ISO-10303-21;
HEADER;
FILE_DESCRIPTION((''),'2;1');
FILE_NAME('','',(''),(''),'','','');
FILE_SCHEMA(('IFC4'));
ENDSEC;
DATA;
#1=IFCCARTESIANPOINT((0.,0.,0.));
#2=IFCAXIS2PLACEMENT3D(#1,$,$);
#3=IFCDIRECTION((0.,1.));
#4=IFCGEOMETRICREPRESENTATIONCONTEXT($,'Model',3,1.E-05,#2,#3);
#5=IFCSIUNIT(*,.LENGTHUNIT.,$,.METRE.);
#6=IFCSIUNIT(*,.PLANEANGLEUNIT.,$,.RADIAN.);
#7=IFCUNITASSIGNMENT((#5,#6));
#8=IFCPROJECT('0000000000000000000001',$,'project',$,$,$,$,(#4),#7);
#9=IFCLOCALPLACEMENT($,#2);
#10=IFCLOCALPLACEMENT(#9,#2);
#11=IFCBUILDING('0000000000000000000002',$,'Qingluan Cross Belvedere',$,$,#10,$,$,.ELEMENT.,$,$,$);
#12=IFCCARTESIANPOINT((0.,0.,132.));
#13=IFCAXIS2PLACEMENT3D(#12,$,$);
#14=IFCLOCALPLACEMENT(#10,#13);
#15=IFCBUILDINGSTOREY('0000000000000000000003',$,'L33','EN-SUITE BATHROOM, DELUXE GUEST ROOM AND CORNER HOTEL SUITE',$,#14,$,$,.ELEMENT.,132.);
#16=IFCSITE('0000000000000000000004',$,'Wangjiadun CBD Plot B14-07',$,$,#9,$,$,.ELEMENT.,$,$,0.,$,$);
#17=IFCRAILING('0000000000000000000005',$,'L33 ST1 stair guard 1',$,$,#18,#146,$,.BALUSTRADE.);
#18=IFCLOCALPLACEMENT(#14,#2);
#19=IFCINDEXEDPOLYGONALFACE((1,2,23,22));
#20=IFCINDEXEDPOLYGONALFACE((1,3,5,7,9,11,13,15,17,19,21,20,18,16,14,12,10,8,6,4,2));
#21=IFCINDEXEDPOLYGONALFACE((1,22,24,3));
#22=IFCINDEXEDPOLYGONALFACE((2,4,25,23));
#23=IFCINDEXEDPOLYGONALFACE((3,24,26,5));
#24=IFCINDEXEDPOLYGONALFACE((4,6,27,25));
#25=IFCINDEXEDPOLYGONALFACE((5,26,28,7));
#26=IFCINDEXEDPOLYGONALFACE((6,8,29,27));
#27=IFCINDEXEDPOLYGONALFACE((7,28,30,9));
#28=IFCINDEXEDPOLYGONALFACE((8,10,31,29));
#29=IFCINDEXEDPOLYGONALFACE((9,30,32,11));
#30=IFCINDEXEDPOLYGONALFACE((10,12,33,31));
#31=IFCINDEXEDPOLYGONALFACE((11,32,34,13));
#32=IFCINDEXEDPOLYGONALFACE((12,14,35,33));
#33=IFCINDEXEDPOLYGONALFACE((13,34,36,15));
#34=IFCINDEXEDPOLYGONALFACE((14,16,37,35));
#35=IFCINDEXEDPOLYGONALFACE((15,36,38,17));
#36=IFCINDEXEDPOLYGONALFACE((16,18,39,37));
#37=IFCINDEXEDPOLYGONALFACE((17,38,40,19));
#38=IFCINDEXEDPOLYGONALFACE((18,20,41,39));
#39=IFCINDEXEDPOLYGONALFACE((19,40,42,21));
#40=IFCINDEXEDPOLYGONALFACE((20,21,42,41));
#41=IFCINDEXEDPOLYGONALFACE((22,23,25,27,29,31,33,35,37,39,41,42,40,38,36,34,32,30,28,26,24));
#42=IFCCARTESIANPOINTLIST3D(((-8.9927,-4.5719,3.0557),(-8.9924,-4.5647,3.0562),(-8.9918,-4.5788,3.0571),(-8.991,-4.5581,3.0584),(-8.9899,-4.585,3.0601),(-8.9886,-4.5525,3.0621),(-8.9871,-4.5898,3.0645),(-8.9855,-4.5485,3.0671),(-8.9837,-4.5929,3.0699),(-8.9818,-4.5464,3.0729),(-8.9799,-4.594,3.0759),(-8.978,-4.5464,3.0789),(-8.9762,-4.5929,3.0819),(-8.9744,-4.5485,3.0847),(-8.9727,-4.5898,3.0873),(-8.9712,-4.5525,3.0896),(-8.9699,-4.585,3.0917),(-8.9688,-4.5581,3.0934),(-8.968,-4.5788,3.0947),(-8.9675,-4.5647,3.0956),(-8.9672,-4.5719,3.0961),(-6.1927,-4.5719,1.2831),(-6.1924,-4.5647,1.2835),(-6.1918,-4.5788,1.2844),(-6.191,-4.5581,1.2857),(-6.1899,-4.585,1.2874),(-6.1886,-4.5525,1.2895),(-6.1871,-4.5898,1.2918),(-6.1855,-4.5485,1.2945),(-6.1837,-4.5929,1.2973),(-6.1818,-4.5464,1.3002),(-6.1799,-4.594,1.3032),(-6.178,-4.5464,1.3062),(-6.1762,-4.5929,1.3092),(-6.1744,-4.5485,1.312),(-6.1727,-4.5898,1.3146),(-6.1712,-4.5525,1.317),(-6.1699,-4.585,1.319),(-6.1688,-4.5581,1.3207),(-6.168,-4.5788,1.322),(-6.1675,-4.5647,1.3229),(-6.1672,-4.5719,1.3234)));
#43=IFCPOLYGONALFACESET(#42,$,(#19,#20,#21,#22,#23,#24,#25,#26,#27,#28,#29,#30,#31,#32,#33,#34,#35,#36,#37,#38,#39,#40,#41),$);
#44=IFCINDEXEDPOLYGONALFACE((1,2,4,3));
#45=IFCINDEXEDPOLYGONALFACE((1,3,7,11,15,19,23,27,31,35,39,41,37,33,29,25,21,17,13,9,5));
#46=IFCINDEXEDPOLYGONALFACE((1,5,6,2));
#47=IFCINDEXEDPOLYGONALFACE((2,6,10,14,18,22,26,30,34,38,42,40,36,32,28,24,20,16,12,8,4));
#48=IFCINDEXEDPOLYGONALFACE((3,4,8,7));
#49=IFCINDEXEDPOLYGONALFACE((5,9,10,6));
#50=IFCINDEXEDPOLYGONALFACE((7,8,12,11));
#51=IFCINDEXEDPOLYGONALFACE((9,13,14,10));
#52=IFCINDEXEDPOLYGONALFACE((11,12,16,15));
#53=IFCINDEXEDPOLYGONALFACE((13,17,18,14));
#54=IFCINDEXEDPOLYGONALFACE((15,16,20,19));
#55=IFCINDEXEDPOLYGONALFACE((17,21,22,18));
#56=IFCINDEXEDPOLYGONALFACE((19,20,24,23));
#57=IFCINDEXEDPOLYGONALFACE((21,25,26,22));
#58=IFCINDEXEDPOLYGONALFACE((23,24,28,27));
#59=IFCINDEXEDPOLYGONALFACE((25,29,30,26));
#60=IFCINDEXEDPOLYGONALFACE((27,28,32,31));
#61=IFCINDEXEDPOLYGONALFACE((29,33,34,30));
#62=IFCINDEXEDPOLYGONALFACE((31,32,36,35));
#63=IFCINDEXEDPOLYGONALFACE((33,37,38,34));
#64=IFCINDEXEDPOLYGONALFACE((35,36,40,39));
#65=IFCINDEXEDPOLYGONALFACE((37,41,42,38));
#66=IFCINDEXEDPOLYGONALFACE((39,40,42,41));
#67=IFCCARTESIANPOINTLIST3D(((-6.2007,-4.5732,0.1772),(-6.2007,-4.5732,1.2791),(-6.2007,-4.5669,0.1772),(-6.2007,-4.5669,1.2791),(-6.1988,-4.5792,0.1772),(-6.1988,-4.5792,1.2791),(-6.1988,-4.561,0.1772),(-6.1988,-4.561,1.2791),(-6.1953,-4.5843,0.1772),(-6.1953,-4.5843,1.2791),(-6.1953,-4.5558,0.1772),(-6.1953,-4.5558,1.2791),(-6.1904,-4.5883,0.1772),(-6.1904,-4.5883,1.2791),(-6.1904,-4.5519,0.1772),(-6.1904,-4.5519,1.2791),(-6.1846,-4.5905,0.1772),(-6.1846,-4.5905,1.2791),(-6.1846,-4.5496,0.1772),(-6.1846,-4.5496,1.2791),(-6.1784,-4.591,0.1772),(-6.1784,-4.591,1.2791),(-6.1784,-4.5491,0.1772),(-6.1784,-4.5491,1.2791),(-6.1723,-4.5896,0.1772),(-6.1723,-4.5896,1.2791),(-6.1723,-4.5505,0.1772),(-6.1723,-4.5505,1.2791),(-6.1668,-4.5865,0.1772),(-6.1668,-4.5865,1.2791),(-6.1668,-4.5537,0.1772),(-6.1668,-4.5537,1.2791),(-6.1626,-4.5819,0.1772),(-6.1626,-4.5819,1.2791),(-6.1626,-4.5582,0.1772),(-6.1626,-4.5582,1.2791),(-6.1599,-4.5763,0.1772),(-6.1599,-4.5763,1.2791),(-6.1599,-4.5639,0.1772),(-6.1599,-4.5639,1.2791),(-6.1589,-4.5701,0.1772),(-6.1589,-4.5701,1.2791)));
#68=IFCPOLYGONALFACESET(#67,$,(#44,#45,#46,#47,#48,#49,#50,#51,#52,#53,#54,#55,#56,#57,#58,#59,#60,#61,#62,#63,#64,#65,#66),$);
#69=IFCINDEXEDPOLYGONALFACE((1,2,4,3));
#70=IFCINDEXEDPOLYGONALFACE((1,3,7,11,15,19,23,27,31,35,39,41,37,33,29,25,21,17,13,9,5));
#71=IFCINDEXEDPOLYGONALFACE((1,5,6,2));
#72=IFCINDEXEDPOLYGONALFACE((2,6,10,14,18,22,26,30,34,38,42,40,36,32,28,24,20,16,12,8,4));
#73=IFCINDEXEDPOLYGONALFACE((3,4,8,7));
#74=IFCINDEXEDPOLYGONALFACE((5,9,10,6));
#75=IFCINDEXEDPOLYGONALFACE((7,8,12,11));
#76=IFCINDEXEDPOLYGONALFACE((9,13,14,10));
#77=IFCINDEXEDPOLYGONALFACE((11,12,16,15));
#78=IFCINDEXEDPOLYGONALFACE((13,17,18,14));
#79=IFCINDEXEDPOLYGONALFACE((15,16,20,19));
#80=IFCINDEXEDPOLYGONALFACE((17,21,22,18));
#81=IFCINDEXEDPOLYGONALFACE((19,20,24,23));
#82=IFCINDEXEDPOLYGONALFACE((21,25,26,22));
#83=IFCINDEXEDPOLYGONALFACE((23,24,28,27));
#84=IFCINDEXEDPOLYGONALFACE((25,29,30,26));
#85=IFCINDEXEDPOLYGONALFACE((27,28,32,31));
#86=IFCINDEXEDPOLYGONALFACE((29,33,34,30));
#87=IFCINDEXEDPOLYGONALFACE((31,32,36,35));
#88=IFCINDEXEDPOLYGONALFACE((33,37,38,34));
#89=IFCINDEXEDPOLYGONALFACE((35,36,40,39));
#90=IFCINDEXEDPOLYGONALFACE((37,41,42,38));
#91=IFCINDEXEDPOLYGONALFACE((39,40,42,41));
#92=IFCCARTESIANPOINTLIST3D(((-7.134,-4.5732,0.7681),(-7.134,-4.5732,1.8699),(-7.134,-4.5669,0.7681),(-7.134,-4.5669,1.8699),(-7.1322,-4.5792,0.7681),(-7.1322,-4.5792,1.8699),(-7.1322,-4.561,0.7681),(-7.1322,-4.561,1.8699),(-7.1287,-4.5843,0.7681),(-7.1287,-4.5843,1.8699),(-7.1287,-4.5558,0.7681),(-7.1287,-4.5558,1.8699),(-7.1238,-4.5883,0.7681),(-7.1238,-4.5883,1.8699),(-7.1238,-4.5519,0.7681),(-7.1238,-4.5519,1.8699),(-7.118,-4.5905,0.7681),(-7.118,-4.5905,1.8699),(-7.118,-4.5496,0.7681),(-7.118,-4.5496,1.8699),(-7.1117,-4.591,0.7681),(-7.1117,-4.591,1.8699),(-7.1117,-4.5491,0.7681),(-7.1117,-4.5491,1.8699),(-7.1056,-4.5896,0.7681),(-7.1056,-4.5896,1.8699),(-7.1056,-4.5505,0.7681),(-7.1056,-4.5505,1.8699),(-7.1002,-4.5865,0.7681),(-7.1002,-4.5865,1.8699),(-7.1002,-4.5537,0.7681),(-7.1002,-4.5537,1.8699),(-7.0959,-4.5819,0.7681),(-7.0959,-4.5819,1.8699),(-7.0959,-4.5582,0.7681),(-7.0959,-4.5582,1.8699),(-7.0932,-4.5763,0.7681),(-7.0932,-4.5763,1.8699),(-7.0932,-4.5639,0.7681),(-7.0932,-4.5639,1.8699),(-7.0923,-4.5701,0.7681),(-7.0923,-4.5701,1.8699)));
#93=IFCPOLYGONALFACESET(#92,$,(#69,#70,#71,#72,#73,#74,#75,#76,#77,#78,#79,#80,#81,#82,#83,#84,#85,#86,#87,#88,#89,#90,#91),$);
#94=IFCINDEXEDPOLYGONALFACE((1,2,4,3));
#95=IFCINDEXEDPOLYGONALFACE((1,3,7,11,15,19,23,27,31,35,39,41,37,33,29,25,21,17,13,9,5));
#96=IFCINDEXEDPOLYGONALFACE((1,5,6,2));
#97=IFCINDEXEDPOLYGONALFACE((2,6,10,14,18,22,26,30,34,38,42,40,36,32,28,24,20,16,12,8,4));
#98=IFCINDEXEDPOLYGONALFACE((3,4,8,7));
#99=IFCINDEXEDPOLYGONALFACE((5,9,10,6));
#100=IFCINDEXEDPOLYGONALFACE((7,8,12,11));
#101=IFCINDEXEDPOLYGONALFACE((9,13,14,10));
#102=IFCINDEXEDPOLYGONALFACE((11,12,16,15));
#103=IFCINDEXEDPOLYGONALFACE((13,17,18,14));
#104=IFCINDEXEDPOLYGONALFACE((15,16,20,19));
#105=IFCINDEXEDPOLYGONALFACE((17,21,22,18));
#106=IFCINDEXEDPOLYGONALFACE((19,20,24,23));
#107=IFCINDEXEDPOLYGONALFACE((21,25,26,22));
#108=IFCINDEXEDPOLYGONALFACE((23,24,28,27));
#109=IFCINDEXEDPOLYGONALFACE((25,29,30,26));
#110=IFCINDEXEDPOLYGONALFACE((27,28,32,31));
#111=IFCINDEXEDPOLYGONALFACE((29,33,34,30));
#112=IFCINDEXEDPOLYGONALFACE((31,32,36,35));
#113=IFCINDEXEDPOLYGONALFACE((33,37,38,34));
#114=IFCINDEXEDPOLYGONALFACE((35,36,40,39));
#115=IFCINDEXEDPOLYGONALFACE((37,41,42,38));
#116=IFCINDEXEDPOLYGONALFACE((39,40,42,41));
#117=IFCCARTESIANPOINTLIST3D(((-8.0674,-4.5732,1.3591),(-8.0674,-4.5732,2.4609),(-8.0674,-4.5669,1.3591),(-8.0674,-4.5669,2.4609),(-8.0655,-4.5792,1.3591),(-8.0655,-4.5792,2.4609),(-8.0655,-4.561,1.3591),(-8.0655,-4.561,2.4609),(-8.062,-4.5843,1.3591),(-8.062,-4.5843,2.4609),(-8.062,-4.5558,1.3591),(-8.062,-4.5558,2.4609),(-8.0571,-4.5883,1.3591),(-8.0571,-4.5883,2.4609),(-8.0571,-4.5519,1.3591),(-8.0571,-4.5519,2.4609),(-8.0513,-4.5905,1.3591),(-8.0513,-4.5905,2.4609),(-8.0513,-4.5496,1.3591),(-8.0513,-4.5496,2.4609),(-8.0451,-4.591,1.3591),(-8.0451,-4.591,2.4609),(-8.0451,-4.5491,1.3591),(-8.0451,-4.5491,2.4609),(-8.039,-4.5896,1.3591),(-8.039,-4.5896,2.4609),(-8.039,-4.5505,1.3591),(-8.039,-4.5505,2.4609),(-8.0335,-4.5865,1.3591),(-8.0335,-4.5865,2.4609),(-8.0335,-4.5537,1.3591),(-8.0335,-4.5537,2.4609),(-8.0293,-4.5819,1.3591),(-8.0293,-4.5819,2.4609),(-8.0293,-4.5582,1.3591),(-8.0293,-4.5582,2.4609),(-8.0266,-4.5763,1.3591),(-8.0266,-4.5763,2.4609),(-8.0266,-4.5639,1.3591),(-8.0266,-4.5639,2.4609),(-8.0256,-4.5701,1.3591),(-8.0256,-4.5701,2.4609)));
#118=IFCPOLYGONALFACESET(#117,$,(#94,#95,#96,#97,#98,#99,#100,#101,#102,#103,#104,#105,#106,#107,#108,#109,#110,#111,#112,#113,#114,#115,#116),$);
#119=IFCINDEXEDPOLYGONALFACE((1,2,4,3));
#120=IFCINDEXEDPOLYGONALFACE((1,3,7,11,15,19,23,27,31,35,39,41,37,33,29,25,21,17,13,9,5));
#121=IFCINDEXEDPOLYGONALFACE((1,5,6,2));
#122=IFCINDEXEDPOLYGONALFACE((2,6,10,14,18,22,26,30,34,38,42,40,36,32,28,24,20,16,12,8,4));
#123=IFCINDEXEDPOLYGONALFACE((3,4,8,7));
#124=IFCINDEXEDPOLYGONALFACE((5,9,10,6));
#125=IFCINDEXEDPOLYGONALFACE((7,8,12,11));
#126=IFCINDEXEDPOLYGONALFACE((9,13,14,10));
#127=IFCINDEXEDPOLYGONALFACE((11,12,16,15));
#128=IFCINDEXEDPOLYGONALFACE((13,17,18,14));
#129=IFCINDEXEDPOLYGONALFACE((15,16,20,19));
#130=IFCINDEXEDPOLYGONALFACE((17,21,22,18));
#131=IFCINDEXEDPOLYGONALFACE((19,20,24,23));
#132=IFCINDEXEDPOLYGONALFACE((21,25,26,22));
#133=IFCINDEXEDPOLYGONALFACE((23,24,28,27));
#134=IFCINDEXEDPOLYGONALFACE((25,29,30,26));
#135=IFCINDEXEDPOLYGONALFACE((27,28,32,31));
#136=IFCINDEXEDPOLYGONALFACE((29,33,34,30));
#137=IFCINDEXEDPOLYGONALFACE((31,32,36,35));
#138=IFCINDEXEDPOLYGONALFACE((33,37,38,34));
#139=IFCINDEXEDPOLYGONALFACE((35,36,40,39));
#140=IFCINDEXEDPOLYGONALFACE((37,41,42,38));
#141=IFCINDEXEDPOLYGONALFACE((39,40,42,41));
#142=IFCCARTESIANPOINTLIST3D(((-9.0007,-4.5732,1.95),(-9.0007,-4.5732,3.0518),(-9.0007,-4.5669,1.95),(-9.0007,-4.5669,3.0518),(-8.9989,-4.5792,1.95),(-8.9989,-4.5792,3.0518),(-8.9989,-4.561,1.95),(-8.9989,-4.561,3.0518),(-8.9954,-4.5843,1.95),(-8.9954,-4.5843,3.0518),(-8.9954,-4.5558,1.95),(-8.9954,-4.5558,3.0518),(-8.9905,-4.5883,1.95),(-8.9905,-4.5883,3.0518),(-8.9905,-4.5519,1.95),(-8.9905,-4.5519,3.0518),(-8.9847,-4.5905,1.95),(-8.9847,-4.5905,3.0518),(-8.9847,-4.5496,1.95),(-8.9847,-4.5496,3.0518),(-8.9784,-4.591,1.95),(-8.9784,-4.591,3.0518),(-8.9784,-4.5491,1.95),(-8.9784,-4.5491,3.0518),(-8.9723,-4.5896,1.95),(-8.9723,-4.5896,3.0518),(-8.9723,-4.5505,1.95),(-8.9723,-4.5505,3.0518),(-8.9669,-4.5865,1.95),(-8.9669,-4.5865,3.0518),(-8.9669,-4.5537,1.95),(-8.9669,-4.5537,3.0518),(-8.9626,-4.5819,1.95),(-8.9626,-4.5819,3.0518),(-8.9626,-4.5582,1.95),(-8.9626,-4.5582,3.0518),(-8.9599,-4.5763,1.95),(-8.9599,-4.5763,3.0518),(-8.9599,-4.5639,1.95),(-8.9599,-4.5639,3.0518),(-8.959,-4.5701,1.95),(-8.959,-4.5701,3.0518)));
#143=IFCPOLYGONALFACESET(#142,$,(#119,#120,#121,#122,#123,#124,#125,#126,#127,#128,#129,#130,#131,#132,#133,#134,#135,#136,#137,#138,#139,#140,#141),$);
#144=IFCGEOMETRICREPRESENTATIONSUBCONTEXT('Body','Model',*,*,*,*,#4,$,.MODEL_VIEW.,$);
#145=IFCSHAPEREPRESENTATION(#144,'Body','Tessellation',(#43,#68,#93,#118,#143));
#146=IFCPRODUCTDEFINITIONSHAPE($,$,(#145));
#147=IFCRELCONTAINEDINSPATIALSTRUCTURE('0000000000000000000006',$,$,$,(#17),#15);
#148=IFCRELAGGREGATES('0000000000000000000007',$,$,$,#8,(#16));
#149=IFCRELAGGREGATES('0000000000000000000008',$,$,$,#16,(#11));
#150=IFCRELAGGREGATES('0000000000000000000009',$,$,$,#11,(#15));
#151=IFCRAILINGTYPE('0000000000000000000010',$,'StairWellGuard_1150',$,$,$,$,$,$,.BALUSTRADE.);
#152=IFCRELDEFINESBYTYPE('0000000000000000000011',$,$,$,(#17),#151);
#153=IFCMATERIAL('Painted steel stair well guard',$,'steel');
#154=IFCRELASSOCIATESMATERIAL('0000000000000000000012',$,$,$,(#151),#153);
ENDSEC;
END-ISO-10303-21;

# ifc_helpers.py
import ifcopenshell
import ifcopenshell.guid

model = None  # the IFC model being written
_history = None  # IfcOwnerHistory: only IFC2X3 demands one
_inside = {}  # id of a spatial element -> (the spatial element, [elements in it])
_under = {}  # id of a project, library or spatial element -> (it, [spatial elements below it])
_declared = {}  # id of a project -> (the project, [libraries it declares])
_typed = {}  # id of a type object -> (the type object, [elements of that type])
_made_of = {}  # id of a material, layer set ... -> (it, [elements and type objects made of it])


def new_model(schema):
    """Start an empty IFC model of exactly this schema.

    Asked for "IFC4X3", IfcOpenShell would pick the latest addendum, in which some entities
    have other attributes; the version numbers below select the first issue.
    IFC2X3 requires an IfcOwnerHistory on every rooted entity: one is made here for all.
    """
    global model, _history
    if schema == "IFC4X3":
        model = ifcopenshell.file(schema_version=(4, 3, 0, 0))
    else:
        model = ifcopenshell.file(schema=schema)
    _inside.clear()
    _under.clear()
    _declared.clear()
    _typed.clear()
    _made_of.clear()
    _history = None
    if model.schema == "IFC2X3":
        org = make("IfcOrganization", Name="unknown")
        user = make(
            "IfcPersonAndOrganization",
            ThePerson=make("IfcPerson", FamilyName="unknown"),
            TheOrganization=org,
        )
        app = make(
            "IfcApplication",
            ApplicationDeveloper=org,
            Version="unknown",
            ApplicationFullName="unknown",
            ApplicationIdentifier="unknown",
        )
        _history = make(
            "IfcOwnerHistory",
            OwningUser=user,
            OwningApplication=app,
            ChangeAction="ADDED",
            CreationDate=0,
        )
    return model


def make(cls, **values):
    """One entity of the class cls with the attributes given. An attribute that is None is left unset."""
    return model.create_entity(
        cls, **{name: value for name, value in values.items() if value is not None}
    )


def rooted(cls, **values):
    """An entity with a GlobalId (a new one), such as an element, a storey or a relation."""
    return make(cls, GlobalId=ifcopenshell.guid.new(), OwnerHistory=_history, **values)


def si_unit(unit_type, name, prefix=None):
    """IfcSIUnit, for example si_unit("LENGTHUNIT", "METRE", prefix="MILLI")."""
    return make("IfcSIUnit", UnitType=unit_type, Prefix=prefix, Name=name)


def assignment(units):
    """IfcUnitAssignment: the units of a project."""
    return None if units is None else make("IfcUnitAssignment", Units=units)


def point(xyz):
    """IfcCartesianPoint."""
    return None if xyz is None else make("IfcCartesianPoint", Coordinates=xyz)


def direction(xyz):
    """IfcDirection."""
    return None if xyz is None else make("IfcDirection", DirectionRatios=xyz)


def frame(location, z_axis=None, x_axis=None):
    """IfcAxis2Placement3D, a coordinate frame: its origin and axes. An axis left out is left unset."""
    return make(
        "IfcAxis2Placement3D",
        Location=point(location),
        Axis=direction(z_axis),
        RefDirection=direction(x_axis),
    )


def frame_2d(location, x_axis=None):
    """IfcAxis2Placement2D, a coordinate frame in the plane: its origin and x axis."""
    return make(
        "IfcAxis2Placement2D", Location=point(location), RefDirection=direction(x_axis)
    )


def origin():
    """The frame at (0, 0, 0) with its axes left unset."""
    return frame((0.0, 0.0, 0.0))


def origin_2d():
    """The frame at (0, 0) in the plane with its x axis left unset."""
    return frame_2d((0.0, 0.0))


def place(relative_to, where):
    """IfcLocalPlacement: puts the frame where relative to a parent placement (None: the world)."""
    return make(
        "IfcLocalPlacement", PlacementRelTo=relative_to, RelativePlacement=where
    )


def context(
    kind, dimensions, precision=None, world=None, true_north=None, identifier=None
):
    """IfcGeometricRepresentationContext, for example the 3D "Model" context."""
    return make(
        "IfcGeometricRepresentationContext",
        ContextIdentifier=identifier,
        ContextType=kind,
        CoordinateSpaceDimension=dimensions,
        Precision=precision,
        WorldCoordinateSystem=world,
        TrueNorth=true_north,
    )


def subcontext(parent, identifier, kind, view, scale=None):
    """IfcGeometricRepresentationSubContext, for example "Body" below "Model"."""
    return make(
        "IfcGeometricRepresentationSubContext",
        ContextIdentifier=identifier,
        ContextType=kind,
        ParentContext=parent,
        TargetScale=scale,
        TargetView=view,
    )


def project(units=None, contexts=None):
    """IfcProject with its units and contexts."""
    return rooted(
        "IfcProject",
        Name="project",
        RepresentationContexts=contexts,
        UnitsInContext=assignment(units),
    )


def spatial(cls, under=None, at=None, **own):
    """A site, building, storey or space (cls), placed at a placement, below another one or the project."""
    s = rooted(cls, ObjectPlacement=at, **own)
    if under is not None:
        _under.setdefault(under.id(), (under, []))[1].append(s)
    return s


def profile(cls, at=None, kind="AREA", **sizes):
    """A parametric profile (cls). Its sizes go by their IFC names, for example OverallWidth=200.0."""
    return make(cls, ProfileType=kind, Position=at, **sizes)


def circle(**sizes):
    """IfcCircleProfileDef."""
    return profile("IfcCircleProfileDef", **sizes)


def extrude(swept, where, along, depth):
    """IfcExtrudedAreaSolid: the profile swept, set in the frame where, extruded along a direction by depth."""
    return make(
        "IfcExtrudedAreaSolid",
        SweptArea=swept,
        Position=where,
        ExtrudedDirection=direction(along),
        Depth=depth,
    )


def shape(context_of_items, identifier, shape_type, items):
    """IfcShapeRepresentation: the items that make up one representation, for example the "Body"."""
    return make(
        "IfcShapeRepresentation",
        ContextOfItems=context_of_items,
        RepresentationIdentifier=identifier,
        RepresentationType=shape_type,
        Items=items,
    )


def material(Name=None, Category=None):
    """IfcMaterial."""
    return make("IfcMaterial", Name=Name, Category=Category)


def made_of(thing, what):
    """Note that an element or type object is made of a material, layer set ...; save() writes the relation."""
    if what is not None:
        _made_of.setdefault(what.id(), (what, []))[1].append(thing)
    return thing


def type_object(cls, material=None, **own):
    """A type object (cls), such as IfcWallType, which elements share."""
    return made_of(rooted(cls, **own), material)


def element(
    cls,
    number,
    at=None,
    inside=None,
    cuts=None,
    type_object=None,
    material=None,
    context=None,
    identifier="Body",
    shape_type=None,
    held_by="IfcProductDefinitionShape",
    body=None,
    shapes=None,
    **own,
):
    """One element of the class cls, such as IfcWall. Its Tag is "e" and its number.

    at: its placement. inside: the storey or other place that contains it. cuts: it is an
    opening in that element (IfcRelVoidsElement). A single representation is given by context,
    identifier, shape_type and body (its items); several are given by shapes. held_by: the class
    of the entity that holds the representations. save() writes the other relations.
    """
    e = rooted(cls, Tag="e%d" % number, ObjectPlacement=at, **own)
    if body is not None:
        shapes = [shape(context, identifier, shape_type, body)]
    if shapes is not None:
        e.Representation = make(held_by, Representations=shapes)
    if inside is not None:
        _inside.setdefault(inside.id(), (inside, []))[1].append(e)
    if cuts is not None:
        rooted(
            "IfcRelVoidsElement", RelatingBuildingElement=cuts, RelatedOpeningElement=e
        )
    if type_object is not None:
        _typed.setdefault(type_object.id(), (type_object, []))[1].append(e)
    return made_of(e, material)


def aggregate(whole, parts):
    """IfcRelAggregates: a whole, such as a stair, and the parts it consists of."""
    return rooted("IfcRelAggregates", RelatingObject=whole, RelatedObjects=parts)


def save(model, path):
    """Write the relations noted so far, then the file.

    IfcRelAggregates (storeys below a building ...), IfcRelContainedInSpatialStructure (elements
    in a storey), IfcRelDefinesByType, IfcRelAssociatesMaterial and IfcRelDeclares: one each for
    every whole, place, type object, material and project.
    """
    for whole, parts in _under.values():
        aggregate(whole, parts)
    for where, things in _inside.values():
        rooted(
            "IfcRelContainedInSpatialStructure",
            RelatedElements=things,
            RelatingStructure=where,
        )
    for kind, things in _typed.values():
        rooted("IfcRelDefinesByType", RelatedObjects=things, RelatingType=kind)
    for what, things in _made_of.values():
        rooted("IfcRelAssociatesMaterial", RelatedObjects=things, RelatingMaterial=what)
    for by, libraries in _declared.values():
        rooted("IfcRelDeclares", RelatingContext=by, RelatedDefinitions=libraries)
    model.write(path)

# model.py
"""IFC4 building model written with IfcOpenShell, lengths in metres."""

from ifc_helpers import new_model, si_unit, direction, frame, origin, origin_2d, place, context, subcontext, project, spatial, circle, extrude, material, type_object, element, save


model = new_model("IFC4")

# Units and contexts
model_context = context("Model", 3, precision=1e-05, world=origin(), true_north=direction((0.0, 1.0)))
body_context = subcontext(model_context, "Body", "Model", "MODEL_VIEW")
ifc_project = project(units=[si_unit("LENGTHUNIT", "METRE"), si_unit("PLANEANGLEUNIT", "RADIAN")], contexts=[model_context])

# Site, building, storey
site_placement = place(None, origin())
site = spatial("IfcSite", under=ifc_project, at=site_placement, Name="Wangjiadun CBD Plot B14-07", CompositionType="ELEMENT", RefElevation=0.0)
building_placement = place(site_placement, origin())
building = spatial("IfcBuilding", under=site, at=building_placement, Name="Qingluan Cross Belvedere", CompositionType="ELEMENT")
storey_placement = place(building_placement, frame((0.0, 0.0, 132.0)))
storey = spatial("IfcBuildingStorey", under=building, at=storey_placement, Name="L33", Description="EN-SUITE BATHROOM, DELUXE GUEST ROOM AND CORNER HOTEL SUITE", CompositionType="ELEMENT", Elevation=132.0)

# Railing
ifc_material_1 = material(Name="Painted steel stair well guard", Category="steel")
railing_type_1 = type_object("IfcRailingType", Name="StairWellGuard_1150", PredefinedType="BALUSTRADE", material=ifc_material_1)
railing_1_placement = place(storey_placement, frame((-6.1799, -4.5701, 0.1772)))
element("IfcRailing", 1, at=railing_1_placement, inside=storey, type_object=railing_type_1, Name="L33 ST1 stair guard 1", PredefinedType="BALUSTRADE", context=body_context, shape_type="SweptSolid", body=[
    extrude(circle(Radius=0.0239, at=origin_2d()), frame((0.0, 0.0, 1.126), z_axis=(-0.844909, 0.0, 0.53491), x_axis=(0.0, -1.0, 0.0)), (0.0, 0.0, 1.0), 3.314),
    extrude(circle(Radius=0.021, at=origin_2d()), origin(), (0.0, 0.0, 1.0), 1.1018),
    extrude(circle(Radius=0.021, at=origin_2d()), frame((-0.9333, 0.0, 0.5908)), (0.0, 0.0, 1.0), 1.1018),
    extrude(circle(Radius=0.021, at=origin_2d()), frame((-1.8667, 0.0, 1.1819)), (0.0, 0.0, 1.0), 1.1018),
    extrude(circle(Radius=0.021, at=origin_2d()), frame((-2.8, 0.0, 1.7727)), (0.0, 0.0, 1.0), 1.1018),
])

save(model, "model.ifc")
